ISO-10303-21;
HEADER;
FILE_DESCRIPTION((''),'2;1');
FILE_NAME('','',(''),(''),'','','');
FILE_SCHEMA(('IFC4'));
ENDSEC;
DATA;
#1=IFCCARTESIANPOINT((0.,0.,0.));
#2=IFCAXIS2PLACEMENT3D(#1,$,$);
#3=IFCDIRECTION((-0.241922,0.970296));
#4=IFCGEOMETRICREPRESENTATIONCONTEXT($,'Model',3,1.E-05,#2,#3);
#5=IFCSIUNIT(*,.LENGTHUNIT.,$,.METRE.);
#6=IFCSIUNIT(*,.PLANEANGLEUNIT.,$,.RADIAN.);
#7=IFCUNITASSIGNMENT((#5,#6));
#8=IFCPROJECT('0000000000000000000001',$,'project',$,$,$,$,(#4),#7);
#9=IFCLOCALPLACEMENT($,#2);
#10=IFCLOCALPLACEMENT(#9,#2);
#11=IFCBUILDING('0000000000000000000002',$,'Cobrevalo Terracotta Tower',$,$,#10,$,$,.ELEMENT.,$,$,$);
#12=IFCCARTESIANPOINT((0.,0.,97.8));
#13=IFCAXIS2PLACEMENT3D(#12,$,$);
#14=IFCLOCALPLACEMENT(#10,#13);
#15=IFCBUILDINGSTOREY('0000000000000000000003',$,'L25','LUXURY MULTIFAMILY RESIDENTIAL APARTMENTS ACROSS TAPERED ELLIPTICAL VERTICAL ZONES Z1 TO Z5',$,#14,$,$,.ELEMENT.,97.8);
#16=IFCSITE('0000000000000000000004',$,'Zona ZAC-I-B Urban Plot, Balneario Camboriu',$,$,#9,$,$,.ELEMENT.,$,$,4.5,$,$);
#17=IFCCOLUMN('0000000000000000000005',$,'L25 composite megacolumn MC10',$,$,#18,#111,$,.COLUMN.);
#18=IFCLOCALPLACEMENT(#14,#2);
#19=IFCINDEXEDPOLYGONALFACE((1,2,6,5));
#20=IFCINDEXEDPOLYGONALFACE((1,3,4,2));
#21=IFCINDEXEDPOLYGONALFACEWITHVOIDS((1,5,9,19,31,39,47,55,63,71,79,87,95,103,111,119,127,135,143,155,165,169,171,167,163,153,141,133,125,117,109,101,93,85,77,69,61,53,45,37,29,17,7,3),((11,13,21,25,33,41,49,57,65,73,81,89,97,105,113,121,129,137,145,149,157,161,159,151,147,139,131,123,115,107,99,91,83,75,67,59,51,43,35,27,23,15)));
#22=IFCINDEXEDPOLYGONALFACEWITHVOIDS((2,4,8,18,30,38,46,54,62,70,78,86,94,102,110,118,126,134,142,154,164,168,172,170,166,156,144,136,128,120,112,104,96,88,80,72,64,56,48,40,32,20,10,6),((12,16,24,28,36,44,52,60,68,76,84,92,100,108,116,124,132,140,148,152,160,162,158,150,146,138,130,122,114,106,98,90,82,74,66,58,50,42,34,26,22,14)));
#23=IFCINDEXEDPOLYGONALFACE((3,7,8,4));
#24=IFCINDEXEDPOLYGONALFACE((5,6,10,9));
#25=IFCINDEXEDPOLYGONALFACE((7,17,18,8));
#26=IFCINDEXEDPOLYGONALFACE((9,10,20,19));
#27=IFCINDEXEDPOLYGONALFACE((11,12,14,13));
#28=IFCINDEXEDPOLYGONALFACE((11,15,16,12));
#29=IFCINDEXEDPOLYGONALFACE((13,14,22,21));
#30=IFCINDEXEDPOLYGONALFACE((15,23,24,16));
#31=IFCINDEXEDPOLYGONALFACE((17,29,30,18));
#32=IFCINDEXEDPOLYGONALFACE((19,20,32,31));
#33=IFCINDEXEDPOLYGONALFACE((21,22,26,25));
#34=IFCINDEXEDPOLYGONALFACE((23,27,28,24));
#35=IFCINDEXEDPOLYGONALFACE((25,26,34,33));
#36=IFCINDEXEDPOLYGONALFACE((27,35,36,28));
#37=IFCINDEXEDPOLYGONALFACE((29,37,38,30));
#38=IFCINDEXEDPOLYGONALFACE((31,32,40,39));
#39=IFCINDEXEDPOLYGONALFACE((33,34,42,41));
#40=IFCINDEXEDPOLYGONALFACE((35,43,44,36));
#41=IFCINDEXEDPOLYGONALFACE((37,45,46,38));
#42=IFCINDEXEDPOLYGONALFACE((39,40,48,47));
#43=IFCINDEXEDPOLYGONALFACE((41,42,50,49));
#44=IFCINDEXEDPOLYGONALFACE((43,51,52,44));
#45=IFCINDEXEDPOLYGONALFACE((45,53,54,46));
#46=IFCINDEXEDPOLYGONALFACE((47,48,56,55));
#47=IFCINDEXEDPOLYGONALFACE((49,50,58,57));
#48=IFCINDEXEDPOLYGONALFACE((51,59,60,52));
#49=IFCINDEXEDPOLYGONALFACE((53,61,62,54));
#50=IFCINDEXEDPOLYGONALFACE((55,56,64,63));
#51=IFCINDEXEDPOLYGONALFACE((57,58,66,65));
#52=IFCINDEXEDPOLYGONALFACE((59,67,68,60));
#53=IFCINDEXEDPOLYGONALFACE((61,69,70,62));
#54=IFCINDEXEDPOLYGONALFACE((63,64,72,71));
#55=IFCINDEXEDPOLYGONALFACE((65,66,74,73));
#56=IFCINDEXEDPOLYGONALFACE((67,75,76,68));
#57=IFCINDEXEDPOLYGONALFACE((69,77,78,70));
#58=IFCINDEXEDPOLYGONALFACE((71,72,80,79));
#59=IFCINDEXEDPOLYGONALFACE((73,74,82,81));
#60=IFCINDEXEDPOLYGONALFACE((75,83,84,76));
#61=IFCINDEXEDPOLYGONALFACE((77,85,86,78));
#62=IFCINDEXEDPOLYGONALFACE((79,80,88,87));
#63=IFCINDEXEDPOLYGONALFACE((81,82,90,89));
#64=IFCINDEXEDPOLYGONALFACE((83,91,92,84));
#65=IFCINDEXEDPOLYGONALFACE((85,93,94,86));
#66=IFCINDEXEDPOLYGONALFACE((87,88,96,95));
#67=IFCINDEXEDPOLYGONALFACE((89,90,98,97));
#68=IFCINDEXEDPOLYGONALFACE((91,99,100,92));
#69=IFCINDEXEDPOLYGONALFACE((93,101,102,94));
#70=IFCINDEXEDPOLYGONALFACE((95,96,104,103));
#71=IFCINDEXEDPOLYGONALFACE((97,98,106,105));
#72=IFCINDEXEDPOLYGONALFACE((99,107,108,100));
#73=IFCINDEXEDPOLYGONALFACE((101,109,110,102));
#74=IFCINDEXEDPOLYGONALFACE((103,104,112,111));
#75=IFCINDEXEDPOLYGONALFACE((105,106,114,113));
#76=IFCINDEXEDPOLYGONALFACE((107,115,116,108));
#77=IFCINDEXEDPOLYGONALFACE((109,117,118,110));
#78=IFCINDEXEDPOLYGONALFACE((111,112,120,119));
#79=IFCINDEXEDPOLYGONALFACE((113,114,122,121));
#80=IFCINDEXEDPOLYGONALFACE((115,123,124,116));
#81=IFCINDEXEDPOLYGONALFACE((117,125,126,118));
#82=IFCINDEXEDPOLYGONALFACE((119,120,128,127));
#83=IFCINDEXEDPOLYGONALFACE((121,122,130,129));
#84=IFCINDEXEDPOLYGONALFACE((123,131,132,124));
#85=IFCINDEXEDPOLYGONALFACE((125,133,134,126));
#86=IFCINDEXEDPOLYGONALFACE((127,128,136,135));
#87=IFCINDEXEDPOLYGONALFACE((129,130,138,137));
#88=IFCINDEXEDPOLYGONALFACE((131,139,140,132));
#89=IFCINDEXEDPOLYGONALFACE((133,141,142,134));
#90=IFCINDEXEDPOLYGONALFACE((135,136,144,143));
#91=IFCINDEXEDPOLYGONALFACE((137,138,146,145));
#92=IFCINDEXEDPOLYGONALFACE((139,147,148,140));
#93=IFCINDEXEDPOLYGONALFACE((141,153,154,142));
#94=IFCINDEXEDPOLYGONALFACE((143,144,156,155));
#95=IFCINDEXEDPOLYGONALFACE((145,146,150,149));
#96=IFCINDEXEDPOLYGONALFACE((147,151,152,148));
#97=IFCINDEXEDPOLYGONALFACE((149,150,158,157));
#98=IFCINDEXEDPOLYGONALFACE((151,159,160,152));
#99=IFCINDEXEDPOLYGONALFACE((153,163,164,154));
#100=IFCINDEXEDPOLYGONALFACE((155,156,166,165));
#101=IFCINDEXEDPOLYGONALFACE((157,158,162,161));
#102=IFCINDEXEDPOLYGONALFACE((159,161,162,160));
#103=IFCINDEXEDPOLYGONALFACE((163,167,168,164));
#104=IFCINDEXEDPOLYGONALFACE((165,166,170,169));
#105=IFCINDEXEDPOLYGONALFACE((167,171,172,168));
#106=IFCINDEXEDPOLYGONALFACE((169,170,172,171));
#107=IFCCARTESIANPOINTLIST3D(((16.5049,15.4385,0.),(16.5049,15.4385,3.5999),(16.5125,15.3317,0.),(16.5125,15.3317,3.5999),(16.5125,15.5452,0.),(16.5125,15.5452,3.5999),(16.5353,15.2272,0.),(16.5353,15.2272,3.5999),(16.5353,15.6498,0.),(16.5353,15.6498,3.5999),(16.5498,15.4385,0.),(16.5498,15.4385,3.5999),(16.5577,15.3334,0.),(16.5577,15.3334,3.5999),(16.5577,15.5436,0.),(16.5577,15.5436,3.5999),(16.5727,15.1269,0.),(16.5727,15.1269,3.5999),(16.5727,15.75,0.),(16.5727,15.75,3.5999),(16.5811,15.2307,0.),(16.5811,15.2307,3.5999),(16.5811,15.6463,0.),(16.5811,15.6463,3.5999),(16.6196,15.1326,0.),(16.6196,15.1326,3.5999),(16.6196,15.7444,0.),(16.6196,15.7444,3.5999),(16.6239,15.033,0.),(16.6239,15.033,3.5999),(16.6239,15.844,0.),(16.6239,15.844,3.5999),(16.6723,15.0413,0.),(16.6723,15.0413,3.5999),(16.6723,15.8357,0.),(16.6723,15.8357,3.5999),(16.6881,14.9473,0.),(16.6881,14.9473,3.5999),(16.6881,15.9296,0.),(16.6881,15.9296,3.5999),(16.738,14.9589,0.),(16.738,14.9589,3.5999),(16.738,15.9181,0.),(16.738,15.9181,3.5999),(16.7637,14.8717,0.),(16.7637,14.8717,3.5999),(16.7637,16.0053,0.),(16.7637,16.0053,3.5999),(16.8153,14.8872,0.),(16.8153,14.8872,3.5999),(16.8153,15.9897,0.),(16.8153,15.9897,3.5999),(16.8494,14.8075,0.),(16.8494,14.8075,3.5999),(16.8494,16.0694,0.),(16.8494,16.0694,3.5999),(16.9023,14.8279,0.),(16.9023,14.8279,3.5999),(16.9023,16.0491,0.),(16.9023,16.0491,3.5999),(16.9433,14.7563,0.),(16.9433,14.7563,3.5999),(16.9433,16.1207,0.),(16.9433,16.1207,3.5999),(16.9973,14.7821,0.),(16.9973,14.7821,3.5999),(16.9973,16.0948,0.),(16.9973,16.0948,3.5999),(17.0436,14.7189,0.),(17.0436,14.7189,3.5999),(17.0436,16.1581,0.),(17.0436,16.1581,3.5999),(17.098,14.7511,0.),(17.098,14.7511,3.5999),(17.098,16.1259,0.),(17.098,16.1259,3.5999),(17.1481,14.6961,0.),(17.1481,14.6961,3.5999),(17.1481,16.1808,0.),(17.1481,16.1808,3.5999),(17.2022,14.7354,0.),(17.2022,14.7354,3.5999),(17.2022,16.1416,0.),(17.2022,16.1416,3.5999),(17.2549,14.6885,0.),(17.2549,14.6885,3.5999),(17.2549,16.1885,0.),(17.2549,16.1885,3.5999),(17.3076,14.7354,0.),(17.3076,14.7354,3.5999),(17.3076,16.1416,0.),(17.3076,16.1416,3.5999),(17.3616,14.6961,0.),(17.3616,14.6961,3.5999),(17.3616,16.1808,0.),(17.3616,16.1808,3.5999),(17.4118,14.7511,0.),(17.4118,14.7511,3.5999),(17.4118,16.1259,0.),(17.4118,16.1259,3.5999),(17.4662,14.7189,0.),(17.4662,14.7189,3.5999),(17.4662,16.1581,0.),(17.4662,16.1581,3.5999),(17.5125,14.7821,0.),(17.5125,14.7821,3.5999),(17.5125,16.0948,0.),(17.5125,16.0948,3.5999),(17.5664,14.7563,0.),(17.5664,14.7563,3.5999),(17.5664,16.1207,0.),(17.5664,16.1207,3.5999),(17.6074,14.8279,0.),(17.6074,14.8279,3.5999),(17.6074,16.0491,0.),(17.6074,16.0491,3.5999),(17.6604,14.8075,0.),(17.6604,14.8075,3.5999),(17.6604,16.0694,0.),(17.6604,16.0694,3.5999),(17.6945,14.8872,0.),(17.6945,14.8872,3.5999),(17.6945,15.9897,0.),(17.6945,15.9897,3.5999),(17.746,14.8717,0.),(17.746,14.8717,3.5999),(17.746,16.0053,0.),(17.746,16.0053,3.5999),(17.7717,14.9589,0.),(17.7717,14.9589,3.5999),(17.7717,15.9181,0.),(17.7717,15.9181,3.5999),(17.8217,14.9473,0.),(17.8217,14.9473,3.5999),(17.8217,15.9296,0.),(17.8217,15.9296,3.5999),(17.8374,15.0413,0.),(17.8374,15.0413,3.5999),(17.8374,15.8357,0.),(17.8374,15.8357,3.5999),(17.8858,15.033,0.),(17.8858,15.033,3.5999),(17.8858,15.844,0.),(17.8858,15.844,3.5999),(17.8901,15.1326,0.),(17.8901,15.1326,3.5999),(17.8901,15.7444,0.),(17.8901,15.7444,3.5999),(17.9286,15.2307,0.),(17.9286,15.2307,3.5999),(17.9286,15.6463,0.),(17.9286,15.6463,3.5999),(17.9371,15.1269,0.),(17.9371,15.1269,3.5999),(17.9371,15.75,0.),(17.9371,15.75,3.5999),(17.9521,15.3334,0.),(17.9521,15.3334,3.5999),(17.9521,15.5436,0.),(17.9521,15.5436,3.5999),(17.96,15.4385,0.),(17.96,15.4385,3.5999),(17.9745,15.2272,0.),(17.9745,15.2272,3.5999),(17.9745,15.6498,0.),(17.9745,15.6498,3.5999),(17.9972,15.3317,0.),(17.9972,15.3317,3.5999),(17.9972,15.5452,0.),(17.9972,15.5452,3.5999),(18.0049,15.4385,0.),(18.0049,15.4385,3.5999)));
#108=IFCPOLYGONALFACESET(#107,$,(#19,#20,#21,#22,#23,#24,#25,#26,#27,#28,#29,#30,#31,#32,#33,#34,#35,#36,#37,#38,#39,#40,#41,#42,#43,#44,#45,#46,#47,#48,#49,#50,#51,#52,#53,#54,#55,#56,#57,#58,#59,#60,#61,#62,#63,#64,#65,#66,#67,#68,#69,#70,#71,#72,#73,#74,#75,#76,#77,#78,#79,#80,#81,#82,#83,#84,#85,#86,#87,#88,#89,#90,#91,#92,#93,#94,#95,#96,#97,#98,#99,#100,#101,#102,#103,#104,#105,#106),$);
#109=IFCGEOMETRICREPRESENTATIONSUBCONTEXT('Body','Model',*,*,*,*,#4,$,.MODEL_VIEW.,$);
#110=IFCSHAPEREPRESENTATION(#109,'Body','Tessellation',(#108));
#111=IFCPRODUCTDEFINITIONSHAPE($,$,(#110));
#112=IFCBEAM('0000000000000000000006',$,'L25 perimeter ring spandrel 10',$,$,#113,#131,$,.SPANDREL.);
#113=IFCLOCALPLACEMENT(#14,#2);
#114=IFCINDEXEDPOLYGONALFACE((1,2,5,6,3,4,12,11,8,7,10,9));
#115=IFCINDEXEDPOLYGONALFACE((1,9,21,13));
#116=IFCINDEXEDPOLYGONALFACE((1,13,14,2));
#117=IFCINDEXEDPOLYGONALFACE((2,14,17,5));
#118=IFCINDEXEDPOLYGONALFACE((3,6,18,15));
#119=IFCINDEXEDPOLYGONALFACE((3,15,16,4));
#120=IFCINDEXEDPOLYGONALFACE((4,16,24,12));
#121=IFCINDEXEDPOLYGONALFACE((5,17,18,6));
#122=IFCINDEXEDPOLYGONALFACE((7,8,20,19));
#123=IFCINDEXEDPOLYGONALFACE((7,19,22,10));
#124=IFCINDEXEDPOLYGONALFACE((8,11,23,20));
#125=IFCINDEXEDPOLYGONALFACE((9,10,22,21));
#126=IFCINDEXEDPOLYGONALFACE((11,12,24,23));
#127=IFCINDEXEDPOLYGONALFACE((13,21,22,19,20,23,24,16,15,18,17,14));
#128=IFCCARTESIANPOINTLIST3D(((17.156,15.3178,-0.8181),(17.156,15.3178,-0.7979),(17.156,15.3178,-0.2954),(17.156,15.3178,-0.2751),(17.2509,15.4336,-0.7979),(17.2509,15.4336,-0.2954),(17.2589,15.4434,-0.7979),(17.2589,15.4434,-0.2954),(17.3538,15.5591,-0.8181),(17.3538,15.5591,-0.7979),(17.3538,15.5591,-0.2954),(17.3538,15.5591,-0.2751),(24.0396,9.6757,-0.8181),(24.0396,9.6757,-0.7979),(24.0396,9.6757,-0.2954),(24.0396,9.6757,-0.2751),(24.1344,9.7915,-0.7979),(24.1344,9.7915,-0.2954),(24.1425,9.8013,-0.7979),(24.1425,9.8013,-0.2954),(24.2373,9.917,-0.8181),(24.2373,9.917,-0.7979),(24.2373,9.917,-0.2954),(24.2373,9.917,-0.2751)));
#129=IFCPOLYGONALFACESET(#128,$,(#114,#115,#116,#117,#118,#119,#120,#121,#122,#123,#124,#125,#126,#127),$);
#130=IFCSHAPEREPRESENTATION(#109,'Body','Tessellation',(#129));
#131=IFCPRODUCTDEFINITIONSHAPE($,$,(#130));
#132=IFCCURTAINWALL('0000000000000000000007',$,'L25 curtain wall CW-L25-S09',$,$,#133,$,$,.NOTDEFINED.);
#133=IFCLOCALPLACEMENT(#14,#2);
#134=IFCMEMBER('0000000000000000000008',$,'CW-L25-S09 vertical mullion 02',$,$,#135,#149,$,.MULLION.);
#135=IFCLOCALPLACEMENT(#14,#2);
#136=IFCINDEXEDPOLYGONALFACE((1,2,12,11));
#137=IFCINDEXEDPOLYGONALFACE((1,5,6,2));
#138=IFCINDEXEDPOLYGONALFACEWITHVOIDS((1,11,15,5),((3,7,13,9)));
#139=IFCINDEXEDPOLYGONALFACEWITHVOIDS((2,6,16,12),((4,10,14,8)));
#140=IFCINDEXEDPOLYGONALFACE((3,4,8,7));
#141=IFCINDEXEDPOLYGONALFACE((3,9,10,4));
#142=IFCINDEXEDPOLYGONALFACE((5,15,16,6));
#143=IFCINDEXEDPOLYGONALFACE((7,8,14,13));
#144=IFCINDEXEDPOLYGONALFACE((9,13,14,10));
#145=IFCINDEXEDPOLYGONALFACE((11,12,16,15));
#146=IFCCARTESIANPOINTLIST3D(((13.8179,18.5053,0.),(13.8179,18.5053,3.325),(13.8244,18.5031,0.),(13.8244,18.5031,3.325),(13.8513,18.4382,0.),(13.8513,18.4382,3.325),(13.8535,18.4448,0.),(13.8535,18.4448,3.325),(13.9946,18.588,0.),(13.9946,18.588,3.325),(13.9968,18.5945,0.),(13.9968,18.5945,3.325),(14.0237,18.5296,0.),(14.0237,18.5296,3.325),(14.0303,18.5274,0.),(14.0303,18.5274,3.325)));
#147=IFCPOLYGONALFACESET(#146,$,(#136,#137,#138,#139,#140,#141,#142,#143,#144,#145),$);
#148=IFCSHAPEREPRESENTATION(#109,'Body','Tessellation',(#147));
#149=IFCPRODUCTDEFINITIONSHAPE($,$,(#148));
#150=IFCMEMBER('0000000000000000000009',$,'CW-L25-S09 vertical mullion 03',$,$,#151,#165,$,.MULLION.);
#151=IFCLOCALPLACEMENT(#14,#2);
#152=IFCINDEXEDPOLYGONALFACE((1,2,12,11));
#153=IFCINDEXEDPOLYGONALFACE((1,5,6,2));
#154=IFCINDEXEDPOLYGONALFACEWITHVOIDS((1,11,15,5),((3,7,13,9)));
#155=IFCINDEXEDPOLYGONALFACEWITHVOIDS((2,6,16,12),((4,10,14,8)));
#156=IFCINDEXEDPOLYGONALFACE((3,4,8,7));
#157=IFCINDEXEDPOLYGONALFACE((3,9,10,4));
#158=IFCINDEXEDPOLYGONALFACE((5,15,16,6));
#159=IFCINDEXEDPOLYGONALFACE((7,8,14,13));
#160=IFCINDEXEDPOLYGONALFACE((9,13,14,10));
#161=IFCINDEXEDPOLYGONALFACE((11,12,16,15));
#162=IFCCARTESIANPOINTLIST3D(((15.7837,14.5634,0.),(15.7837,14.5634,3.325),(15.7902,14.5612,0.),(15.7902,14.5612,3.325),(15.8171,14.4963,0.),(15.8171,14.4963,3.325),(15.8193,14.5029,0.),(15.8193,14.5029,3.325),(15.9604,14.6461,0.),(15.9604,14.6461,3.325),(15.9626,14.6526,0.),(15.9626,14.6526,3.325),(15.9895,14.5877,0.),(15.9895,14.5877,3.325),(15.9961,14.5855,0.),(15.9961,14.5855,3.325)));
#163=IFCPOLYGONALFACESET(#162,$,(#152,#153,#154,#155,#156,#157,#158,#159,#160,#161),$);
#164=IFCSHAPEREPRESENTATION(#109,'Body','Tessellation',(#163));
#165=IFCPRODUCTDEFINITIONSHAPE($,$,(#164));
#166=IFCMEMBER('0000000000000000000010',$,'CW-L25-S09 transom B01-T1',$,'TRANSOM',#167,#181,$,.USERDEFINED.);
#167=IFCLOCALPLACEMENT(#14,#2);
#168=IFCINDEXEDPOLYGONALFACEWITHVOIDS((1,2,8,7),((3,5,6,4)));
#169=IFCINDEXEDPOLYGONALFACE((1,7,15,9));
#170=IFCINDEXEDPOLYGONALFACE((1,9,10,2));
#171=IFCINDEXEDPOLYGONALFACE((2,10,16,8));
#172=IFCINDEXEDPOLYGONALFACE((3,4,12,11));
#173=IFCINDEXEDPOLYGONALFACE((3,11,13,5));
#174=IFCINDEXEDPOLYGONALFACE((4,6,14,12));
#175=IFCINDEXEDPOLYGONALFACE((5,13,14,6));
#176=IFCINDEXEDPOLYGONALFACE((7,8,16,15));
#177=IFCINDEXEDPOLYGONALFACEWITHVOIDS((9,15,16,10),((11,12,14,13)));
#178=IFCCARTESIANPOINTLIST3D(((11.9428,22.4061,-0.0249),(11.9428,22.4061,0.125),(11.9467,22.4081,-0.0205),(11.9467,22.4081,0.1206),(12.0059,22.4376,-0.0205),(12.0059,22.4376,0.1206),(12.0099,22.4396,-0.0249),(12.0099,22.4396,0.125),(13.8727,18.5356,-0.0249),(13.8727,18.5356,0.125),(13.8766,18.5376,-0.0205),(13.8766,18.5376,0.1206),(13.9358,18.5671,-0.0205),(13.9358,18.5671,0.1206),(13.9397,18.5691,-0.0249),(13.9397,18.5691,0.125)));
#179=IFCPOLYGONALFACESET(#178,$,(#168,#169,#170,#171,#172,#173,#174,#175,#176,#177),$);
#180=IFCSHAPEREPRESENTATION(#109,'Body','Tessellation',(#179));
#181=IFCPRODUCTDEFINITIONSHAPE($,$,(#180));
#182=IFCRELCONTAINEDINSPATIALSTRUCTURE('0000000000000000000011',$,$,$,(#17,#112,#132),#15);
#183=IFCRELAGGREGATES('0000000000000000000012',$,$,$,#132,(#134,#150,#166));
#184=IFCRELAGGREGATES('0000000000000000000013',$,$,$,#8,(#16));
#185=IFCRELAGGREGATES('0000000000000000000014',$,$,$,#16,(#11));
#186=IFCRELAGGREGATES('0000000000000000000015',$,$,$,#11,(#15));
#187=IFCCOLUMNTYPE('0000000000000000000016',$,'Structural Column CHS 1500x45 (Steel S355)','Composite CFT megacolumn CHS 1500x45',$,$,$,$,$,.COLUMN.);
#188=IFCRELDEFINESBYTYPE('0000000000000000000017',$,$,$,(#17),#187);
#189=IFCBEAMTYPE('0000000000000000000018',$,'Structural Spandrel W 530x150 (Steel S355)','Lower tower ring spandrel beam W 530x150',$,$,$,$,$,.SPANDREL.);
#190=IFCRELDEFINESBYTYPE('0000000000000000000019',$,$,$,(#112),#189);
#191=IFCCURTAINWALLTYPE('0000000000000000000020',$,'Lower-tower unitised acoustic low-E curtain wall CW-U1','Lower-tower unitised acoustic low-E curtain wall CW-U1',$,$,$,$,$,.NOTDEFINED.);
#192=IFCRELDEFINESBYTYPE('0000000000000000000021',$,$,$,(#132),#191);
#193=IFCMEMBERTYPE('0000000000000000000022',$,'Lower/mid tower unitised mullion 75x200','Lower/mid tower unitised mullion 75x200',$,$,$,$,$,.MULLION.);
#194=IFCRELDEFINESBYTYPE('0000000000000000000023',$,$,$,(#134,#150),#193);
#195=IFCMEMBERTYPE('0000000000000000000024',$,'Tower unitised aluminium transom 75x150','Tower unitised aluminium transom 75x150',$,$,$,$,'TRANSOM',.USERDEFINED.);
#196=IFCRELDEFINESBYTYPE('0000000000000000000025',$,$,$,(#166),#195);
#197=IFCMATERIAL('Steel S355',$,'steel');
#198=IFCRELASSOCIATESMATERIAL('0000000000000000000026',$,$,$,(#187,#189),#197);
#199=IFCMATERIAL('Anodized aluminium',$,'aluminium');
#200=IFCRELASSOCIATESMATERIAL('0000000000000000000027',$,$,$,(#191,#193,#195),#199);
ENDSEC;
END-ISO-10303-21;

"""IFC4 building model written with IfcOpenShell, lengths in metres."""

from ifc_helpers import new_model, si_unit, direction, frame, origin, origin_2d, place, context, subcontext, project, spatial, hollow_rectangle, hollow_circle, i_section, extrude, source, transform, mapped, material, material_profile, profile_set, type_object, element, aggregate, save


model = new_model("IFC4")

# Units and contexts
model_context = context("Model", 3, precision=1e-05, world=origin(), true_north=direction((-0.241922, 0.970296)))
body_context = subcontext(model_context, "Body", "Model", "MODEL_VIEW")
ifc_project = project(units=[si_unit("LENGTHUNIT", "METRE"), si_unit("PLANEANGLEUNIT", "RADIAN")], contexts=[model_context])

# Site, building, storey
site_placement = place(None, origin())
site = spatial("IfcSite", under=ifc_project, at=site_placement, Name="Zona ZAC-I-B Urban Plot, Balneario Camboriu", CompositionType="ELEMENT", RefElevation=4.5)
building_placement = place(site_placement, origin())
building = spatial("IfcBuilding", under=site, at=building_placement, Name="Cobrevalo Terracotta Tower", CompositionType="ELEMENT")
storey_placement = place(building_placement, frame((0.0, 0.0, 97.8)))
storey = spatial("IfcBuildingStorey", under=building, at=storey_placement, Name="L25", Description="LUXURY MULTIFAMILY RESIDENTIAL APARTMENTS ACROSS TAPERED ELLIPTICAL VERTICAL ZONES Z1 TO Z5", CompositionType="ELEMENT", Elevation=97.8)

# Column
ifc_material_1 = material(Name="Steel S355", Category="steel")
ifc_material_profile_1 = material_profile(ifc_material_1, hollow_circle(Radius=0.75, WallThickness=0.0449, at=origin_2d()), Name="CHS 1500x45")
ifc_profile_set_1 = profile_set([ifc_material_profile_1], Name="Steel S355")
column_type = type_object("IfcColumnType", Name="Structural Column CHS 1500x45 (Steel S355)", Description="Composite CFT megacolumn CHS 1500x45", PredefinedType="COLUMN", material=ifc_profile_set_1)
column_placement = place(storey_placement, frame((17.2549, 15.4385, 0.0), z_axis=(0.0, 0.0, 1.0), x_axis=(1.0, 0.0, 0.0)))
element("IfcColumn", 1, at=column_placement, inside=storey, type_object=column_type, Name="L25 composite megacolumn MC10", PredefinedType="COLUMN", context=body_context, shape_type="SweptSolid", body=[
    extrude(hollow_circle(Radius=0.75, WallThickness=0.0449, at=origin_2d()), origin(), (0.0, 0.0, 1.0), 3.5999),
])

# Beam
ifc_material_profile_2 = material_profile(ifc_material_1, i_section(OverallWidth=0.312, OverallDepth=0.543, WebThickness=0.0127, FlangeThickness=0.0203, at=origin_2d()), Name="W 530x150")
ifc_profile_set_2 = profile_set([ifc_material_profile_2], Name="Steel S355")
beam_type = type_object("IfcBeamType", Name="Structural Spandrel W 530x150 (Steel S355)", Description="Lower tower ring spandrel beam W 530x150", PredefinedType="SPANDREL", material=ifc_profile_set_2)
beam_placement = place(storey_placement, frame((17.2549, 15.4385, -0.5466), z_axis=(0.773401, -0.633917, 0.0), x_axis=(0.633917, 0.773401, 0.0)))
element("IfcBeam", 2, at=beam_placement, inside=storey, type_object=beam_type, Name="L25 perimeter ring spandrel 10", PredefinedType="SPANDREL", context=body_context, shape_type="SweptSolid", body=[
    extrude(i_section(OverallWidth=0.312, OverallDepth=0.543, WebThickness=0.0127, FlangeThickness=0.0203, at=origin_2d()), origin(), (0.0, 0.0, 1.0), 8.9004),
])

# Curtain wall, members
ifc_material_2 = material(Name="Anodized aluminium", Category="aluminium")
curtain_wall_type = type_object("IfcCurtainWallType", Name="Lower-tower unitised acoustic low-E curtain wall CW-U1", Description="Lower-tower unitised acoustic low-E curtain wall CW-U1", PredefinedType="NOTDEFINED", material=ifc_material_2)
curtain_wall_placement = place(storey_placement, origin())
curtain_wall = element("IfcCurtainWall", 3, at=curtain_wall_placement, inside=storey, type_object=curtain_wall_type, Name="L25 curtain wall CW-L25-S09", PredefinedType="NOTDEFINED")
ifc_material_profile_3 = material_profile(ifc_material_2, hollow_rectangle(XDim=0.075, YDim=0.2, WallThickness=0.0049, at=origin_2d()), Name="CWM 75x200")
ifc_profile_set_3 = profile_set([ifc_material_profile_3], Name="Anodized aluminium")
member_type_1 = type_object("IfcMemberType", Name="Lower/mid tower unitised mullion 75x200", Description="Lower/mid tower unitised mullion 75x200", PredefinedType="MULLION", material=ifc_profile_set_3)
shared_shape_1 = source(origin(), body_context, "Body", "SweptSolid", [
    extrude(hollow_rectangle(XDim=0.075, YDim=0.2, WallThickness=0.0049, at=origin_2d()), origin(), (0.0, 0.0, 1.0), 3.325),
])
member_1_placement = place(storey_placement, frame((13.9241, 18.5164, 0.0), z_axis=(0.0, 0.0, 1.0), x_axis=(0.44626, -0.894903, 0.0)))
member_1 = element("IfcMember", 4, at=member_1_placement, type_object=member_type_1, Name="CW-L25-S09 vertical mullion 02", PredefinedType="MULLION", context=body_context, shape_type="MappedRepresentation", body=[
    mapped(shared_shape_1, transform((0.0, 0.0, 0.0), scale=1.0)),
])
member_2_placement = place(storey_placement, frame((15.8899, 14.5745, 0.0), z_axis=(0.0, 0.0, 1.0), x_axis=(0.44626, -0.894903, 0.0)))
member_2 = element("IfcMember", 5, at=member_2_placement, type_object=member_type_1, Name="CW-L25-S09 vertical mullion 03", PredefinedType="MULLION", context=body_context, shape_type="MappedRepresentation", body=[
    mapped(shared_shape_1, transform((0.0, 0.0, 0.0), scale=1.0)),
])
ifc_material_profile_4 = material_profile(ifc_material_2, hollow_rectangle(XDim=0.075, YDim=0.1499, WallThickness=0.0044, at=origin_2d()), Name="CWT 75x150")
ifc_profile_set_4 = profile_set([ifc_material_profile_4], Name="Anodized aluminium")
member_type_2 = type_object("IfcMemberType", Name="Tower unitised aluminium transom 75x150", Description="Tower unitised aluminium transom 75x150", ElementType="TRANSOM", PredefinedType="USERDEFINED", material=ifc_profile_set_4)
shared_shape_2 = source(origin(), body_context, "Body", "SweptSolid", [
    extrude(hollow_rectangle(XDim=0.075, YDim=0.1499, WallThickness=0.0044, at=origin_2d()), origin(), (0.0, 0.0, 1.0), 4.325),
])
member_3_placement = place(storey_placement, frame((11.9763, 22.4229, 0.05), z_axis=(0.44622, -0.894923, 0.0), x_axis=(0.894923, 0.44622, 0.0)))
member_3 = element("IfcMember", 6, at=member_3_placement, type_object=member_type_2, Name="CW-L25-S09 transom B01-T1", ObjectType="TRANSOM", PredefinedType="USERDEFINED", context=body_context, shape_type="MappedRepresentation", body=[
    mapped(shared_shape_2, transform((0.0, 0.0, 0.0), scale=1.0)),
])

aggregate(curtain_wall, [member_1, member_2, member_3])

save(model, "model.ifc")
